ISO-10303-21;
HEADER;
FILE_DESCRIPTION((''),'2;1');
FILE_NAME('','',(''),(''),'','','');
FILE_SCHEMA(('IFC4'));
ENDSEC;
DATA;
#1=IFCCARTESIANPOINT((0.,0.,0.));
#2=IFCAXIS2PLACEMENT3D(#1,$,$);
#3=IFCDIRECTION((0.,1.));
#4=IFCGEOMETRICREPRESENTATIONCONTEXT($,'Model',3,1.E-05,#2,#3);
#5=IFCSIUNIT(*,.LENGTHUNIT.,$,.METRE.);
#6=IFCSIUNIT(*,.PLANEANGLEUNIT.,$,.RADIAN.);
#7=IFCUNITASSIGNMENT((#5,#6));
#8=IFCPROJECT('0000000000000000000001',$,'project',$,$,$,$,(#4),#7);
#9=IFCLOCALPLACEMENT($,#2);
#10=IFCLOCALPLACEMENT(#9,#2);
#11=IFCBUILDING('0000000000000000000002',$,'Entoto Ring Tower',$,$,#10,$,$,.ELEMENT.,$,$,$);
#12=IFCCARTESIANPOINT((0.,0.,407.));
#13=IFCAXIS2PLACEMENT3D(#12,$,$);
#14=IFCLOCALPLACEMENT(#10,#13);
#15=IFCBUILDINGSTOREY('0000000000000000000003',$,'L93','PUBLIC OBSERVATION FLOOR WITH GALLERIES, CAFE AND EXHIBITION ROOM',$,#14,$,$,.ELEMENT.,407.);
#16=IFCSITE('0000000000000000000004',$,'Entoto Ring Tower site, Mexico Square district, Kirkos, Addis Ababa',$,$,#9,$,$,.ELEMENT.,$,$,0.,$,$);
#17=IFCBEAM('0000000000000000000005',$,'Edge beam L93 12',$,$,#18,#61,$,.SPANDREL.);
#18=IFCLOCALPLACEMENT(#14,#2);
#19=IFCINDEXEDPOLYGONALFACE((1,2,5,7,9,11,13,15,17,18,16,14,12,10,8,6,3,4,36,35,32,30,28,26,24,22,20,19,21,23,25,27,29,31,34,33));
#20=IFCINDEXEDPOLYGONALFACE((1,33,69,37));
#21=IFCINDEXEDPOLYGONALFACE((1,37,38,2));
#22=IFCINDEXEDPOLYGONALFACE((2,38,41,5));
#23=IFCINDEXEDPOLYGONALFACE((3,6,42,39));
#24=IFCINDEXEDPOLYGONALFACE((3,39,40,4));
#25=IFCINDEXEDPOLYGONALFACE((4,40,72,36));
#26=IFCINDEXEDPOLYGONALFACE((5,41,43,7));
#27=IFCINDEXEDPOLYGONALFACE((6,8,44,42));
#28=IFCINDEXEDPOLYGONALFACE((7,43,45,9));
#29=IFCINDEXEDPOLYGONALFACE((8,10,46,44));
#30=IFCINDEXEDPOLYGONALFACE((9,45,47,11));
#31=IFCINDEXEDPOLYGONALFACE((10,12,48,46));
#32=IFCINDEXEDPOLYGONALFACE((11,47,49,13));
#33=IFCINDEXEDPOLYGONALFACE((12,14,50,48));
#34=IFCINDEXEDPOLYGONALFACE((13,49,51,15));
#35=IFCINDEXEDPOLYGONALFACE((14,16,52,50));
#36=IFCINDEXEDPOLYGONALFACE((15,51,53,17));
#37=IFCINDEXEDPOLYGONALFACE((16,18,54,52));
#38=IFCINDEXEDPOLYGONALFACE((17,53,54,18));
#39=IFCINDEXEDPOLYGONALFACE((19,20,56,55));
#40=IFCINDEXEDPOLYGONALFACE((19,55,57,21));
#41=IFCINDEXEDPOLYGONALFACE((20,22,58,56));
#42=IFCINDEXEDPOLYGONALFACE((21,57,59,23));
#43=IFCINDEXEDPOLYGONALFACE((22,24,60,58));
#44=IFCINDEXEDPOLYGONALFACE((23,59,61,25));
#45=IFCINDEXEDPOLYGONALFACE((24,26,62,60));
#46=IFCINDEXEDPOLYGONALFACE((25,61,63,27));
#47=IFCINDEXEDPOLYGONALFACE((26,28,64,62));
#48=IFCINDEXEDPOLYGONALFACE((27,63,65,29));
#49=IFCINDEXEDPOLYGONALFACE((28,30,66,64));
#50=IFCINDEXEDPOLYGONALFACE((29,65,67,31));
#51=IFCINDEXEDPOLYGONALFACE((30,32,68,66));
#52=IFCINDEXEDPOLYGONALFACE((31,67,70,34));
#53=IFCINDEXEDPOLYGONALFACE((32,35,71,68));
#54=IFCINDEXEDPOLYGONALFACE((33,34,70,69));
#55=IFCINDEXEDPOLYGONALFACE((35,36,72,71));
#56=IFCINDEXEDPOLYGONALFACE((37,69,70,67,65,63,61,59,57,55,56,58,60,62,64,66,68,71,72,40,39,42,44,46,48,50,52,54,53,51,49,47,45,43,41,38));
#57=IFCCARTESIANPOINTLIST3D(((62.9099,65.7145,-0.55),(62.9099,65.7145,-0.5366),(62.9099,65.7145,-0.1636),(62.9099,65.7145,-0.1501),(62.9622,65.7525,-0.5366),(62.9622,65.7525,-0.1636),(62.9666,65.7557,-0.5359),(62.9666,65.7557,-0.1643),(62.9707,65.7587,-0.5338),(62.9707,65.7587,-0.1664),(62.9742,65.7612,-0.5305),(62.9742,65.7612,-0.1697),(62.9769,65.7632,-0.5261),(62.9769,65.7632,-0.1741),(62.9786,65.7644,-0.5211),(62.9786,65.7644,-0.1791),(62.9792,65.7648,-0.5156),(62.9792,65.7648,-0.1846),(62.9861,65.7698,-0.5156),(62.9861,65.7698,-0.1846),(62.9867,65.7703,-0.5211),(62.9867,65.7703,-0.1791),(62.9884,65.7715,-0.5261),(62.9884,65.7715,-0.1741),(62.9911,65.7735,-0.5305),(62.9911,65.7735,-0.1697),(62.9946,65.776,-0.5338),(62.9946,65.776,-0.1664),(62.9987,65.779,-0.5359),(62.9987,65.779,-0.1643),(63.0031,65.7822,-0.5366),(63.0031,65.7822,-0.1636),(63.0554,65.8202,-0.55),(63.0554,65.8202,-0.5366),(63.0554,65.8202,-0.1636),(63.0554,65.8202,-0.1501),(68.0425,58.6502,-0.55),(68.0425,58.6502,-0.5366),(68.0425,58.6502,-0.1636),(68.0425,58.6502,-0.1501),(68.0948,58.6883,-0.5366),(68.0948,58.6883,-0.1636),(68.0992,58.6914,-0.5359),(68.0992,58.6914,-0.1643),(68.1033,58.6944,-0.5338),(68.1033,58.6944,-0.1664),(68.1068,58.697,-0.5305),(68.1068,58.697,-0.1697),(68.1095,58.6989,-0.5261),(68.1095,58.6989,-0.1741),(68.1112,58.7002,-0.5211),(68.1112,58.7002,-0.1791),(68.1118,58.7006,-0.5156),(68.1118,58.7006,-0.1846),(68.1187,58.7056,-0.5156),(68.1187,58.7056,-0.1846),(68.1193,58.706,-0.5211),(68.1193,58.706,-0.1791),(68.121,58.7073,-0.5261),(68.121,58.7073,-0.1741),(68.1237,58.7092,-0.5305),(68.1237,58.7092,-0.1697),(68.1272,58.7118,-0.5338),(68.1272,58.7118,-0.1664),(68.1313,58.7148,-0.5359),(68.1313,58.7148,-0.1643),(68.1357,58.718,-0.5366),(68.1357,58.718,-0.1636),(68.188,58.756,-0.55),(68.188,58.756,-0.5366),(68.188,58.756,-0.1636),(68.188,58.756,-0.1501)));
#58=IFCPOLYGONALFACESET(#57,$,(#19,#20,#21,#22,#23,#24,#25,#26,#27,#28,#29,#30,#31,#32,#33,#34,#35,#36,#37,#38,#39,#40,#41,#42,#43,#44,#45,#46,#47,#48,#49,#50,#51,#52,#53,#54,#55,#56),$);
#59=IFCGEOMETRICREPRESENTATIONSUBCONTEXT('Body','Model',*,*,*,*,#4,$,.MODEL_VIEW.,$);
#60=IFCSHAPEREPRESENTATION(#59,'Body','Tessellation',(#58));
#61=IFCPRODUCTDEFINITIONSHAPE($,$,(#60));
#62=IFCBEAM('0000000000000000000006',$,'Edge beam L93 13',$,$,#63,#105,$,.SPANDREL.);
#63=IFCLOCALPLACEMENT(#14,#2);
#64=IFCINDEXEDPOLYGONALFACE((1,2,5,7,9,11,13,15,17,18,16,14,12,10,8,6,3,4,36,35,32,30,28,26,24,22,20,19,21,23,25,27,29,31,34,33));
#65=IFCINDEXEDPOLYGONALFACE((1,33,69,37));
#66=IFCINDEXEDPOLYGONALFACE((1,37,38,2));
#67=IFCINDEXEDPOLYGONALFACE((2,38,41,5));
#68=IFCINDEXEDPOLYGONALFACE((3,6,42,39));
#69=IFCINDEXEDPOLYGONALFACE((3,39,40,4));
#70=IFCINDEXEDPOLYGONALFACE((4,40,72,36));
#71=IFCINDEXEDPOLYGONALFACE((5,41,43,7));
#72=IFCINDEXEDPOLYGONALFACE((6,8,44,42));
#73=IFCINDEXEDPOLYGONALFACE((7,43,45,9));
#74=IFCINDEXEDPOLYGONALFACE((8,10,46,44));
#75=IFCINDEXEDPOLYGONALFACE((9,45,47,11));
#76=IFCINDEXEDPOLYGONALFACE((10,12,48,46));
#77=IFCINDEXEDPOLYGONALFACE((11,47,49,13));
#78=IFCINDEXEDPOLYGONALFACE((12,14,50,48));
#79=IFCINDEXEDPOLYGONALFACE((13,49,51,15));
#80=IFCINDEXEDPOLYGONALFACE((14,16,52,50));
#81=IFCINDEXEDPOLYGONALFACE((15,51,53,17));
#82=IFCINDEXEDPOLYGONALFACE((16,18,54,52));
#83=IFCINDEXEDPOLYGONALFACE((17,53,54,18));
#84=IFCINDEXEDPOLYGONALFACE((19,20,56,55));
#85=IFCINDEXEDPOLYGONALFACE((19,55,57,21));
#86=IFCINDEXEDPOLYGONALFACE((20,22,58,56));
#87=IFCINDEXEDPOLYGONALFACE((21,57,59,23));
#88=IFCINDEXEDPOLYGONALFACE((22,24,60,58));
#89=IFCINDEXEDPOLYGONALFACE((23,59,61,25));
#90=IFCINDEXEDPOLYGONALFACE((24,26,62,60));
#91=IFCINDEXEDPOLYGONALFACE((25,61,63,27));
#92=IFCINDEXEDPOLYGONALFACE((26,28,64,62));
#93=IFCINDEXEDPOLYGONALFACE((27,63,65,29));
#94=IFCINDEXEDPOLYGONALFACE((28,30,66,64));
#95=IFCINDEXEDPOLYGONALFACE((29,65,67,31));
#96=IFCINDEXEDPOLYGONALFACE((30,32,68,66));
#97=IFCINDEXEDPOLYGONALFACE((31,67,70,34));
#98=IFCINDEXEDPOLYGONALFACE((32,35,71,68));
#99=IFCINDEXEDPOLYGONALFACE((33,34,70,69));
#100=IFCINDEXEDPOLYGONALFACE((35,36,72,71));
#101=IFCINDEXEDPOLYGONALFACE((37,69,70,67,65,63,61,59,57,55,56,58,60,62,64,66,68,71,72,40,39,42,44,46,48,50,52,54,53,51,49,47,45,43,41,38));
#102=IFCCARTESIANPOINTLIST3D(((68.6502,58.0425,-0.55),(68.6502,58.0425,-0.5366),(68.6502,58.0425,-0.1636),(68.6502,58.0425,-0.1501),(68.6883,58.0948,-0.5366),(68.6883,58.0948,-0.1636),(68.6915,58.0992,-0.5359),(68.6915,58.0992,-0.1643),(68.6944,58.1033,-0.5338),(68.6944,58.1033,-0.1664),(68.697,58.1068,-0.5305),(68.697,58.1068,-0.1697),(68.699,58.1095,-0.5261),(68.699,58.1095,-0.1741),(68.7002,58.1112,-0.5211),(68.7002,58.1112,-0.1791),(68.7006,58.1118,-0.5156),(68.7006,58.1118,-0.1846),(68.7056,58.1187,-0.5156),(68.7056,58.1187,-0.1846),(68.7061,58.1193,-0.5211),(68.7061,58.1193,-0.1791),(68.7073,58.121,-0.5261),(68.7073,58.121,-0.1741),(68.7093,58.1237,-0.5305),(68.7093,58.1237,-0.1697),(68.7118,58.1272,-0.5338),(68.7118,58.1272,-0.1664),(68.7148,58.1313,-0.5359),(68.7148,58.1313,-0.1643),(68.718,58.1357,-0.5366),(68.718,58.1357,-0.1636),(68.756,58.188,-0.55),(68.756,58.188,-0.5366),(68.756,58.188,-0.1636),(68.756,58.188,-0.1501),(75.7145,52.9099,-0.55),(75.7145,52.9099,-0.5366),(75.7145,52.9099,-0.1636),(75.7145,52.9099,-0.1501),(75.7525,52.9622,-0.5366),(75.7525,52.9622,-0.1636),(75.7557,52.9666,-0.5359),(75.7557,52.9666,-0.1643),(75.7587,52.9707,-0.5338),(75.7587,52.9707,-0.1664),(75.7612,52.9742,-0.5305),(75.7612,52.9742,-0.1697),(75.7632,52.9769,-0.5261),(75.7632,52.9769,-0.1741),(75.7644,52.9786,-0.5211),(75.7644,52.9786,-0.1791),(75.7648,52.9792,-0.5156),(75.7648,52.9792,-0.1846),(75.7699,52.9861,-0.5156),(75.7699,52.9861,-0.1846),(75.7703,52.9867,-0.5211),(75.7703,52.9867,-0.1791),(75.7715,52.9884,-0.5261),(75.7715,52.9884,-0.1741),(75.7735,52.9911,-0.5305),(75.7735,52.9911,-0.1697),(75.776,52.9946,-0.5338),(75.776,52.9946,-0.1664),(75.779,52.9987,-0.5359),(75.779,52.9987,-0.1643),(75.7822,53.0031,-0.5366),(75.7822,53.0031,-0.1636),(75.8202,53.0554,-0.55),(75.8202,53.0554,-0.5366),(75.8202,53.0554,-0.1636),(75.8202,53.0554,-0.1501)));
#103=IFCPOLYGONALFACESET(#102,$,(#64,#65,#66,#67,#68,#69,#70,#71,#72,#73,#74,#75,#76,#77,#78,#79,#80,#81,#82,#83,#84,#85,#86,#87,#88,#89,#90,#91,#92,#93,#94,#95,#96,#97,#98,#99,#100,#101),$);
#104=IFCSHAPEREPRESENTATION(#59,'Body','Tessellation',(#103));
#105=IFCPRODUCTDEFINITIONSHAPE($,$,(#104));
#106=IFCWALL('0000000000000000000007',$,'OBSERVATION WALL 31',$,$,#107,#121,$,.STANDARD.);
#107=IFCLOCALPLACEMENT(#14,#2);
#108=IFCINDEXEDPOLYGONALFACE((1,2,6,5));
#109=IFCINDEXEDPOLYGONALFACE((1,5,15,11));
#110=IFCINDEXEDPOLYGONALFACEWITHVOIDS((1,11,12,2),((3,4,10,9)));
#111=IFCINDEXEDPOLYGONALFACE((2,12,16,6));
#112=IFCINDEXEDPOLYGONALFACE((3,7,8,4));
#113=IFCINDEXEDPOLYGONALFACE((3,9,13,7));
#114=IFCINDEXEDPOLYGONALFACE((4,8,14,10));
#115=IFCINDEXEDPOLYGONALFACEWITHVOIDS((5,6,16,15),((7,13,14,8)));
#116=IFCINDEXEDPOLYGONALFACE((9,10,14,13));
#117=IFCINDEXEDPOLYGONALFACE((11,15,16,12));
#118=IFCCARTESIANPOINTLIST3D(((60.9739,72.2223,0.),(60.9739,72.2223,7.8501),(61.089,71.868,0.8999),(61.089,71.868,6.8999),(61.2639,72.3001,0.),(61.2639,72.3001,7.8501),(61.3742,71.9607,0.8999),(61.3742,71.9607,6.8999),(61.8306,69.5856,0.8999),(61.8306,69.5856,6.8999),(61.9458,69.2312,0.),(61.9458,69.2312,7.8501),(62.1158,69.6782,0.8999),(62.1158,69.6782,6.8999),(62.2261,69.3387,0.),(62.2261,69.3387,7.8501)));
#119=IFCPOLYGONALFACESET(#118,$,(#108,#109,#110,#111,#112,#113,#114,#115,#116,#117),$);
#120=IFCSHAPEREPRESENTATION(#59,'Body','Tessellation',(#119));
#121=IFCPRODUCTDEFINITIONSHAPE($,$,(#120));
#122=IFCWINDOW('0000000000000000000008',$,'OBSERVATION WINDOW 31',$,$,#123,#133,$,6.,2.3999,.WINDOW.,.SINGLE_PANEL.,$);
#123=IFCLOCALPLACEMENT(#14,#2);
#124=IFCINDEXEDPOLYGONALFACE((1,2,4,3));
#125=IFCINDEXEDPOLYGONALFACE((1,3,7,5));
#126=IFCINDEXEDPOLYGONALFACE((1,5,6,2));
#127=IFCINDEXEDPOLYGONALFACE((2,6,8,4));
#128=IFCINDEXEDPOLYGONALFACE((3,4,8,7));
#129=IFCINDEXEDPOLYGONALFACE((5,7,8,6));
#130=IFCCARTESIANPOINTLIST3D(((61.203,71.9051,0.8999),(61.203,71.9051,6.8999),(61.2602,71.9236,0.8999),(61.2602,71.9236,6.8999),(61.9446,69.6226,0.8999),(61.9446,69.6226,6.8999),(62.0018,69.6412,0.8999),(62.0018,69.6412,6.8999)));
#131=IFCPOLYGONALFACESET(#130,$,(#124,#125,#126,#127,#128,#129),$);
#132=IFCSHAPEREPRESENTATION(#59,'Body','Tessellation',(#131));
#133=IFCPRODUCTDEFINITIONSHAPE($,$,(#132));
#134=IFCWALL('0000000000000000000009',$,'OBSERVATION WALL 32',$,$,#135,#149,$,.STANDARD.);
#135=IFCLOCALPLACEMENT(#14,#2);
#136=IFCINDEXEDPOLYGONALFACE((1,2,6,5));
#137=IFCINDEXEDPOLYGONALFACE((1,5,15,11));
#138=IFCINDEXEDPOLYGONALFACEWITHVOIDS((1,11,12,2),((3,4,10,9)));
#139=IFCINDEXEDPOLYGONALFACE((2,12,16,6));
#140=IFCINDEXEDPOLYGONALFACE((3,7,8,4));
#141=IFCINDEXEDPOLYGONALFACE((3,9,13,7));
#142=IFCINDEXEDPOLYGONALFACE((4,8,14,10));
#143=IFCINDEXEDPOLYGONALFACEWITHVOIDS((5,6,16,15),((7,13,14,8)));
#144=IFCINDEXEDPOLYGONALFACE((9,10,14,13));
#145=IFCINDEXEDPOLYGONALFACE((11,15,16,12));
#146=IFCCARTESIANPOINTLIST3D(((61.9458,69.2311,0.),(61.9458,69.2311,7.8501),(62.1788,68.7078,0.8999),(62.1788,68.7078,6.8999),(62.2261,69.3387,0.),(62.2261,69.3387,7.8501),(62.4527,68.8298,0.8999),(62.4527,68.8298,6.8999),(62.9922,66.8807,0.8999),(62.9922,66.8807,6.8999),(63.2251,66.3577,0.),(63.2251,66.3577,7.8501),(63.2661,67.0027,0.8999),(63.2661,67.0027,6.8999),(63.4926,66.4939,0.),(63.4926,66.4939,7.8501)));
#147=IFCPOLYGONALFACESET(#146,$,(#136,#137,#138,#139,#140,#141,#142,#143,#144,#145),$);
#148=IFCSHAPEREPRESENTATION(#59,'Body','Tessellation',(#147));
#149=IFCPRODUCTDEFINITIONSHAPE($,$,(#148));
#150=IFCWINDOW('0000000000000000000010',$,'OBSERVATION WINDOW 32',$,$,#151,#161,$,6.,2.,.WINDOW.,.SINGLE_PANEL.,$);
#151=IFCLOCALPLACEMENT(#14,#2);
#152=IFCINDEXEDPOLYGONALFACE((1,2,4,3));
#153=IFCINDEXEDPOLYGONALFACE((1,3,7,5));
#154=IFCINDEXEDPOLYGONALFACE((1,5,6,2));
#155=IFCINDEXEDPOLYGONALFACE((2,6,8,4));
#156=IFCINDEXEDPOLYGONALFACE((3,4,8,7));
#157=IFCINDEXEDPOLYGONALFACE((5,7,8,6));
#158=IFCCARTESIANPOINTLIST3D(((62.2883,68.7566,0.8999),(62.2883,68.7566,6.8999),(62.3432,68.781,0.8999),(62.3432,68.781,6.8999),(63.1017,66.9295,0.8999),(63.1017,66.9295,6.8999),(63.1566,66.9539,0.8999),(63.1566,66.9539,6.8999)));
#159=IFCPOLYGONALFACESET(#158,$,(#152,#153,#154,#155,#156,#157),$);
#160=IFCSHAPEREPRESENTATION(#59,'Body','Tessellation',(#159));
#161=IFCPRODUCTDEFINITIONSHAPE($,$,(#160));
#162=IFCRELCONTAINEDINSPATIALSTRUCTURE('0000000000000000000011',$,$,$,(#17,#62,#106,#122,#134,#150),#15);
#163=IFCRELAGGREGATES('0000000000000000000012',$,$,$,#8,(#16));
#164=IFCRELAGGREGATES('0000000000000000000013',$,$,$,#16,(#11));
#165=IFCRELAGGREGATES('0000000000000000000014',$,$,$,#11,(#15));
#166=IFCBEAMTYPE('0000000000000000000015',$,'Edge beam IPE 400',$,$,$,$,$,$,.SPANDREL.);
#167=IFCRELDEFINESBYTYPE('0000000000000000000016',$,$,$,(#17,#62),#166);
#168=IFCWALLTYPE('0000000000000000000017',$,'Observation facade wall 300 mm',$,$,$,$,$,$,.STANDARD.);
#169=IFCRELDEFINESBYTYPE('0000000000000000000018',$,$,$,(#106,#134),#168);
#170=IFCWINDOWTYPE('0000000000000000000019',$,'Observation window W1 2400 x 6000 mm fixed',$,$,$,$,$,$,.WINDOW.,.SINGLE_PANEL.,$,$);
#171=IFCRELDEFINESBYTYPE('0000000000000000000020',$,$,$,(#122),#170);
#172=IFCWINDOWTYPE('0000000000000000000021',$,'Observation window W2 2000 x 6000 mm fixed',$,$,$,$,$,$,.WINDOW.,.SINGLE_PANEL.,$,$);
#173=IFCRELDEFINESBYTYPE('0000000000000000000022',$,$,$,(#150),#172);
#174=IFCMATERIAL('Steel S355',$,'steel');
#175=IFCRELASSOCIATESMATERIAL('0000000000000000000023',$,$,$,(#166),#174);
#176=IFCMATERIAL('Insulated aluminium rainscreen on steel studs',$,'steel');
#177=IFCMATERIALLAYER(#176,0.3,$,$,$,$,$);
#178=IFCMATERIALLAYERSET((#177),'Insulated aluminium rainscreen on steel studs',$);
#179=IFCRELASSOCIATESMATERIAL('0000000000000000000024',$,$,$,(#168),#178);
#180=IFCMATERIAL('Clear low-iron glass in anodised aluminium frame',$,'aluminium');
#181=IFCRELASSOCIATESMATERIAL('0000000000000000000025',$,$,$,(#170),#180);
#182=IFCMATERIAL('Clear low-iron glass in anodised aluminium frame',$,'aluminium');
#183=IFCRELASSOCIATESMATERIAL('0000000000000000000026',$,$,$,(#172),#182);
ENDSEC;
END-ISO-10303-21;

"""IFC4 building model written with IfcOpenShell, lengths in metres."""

from ifc_helpers import new_model, si_unit, direction, frame, frame_2d, origin, origin_2d, place, context, subcontext, project, spatial, polyline, rectangle, i_section, outline, extrude, material, layer, layer_set, material_profile, profile_set, type_object, element, fill, save


model = new_model("IFC4")

# Units and contexts
model_context = context("Model", 3, precision=1e-05, world=origin(), true_north=direction((0.0, 1.0)))
body_context = subcontext(model_context, "Body", "Model", "MODEL_VIEW")
ifc_project = project(units=[si_unit("LENGTHUNIT", "METRE"), si_unit("PLANEANGLEUNIT", "RADIAN")], contexts=[model_context])

# Site, building, storey
site_placement = place(None, origin())
site = spatial("IfcSite", under=ifc_project, at=site_placement, Name="Entoto Ring Tower site, Mexico Square district, Kirkos, Addis Ababa", CompositionType="ELEMENT", RefElevation=0.0)
building_placement = place(site_placement, origin())
building = spatial("IfcBuilding", under=site, at=building_placement, Name="Entoto Ring Tower", CompositionType="ELEMENT")
storey_placement = place(building_placement, frame((0.0, 0.0, 407.0)))
storey = spatial("IfcBuildingStorey", under=building, at=storey_placement, Name="L93", Description="PUBLIC OBSERVATION FLOOR WITH GALLERIES, CAFE AND EXHIBITION ROOM", CompositionType="ELEMENT", Elevation=407.0)

# Beams
ifc_material_1 = material(Name="Steel S355", Category="steel")
ifc_material_profile_1 = material_profile(ifc_material_1, i_section(OverallWidth=0.1799, OverallDepth=0.3999, WebThickness=0.0085, FlangeThickness=0.0134, FilletRadius=0.021, at=origin_2d()), Name="IPE 400")
ifc_profile_set_1 = profile_set([ifc_material_profile_1], Name="Steel S355")
beam_type = type_object("IfcBeamType", Name="Edge beam IPE 400", PredefinedType="SPANDREL", material=ifc_profile_set_1)
for number, where, z_axis, x_axis, name in (
    (1, (62.9827, 65.7673, -0.3501), (0.587794, -0.80901, 0.0), (0.80901, 0.587794, 0.0), "Edge beam L93 12"),
    (2, (68.7031, 58.1152, -0.3501), (0.80901, -0.587794, 0.0), (0.587794, 0.80901, 0.0), "Edge beam L93 13"),
):
    element("IfcBeam", number, at=place(storey_placement, frame(where, z_axis=z_axis, x_axis=x_axis)), inside=storey, type_object=beam_type, Name=name, PredefinedType="SPANDREL", context=body_context, shape_type="SweptSolid", body=[
        extrude(i_section(OverallWidth=0.1799, OverallDepth=0.3999, WebThickness=0.0085, FlangeThickness=0.0134, FilletRadius=0.021, at=origin_2d()), origin(), (0.0, 0.0, 1.0), 8.7319),
    ])

# Walls, openings, windows
ifc_material_2 = material(Name="Insulated aluminium rainscreen on steel studs", Category="steel")
ifc_layer_1 = layer(ifc_material_2, 0.3)
ifc_layer_set_1 = layer_set([ifc_layer_1], Name="Insulated aluminium rainscreen on steel studs")
wall_type_1 = type_object("IfcWallType", Name="Observation facade wall 300 mm", PredefinedType="STANDARD", material=ifc_layer_set_1)
wall_1_placement = place(storey_placement, frame((61.1189, 72.2612, 0.0), z_axis=(0.0, 0.0, 1.0), x_axis=(0.30901, -0.951059, 0.0)))
wall_1 = element("IfcWall", 3, at=wall_1_placement, inside=storey, type_object=wall_type_1, Name="OBSERVATION WALL 31", PredefinedType="STANDARD", context=body_context, shape_type="SweptSolid", body=[
    extrude(outline(polyline([(-0.0078, -0.1499), (3.1372, -0.1499), (3.1216, 0.1499), (0.0078, 0.1499), (-0.0078, -0.1499)])), origin(), (0.0, 0.0, 1.0), 7.8501),
])
opening_1_placement = place(wall_1_placement, frame((0.3647, 0.0, 0.8999)))
opening_1 = element("IfcOpeningElement", 4, at=opening_1_placement, cuts=wall_1, PredefinedType="OPENING", context=body_context, shape_type="SweptSolid", body=[
    extrude(rectangle(XDim=2.3999, YDim=6.0, at=frame_2d((1.2, 3.0))), frame((0.0, 0.1602, 0.0), z_axis=(0.0, -1.0, 0.0), x_axis=(1.0, 0.0, 0.0)), (0.0, 0.0, 1.0), 0.3201),
])
ifc_material_3 = material(Name="Clear low-iron glass in anodised aluminium frame", Category="aluminium")
window_type_1 = type_object("IfcWindowType", Name="Observation window W1 2400 x 6000 mm fixed", PartitioningType="SINGLE_PANEL", PredefinedType="WINDOW", material=ifc_material_3)
window_1_placement = place(opening_1_placement, origin())
window_1 = element("IfcWindow", 5, at=window_1_placement, inside=storey, type_object=window_type_1, Name="OBSERVATION WINDOW 31", OverallHeight=6.0, OverallWidth=2.3999, PartitioningType="SINGLE_PANEL", PredefinedType="WINDOW", context=body_context, shape_type="SweptSolid", body=[
    extrude(rectangle(XDim=2.3999, YDim=6.0, at=frame_2d((1.2, 3.0))), frame((0.0, 0.03, 0.0), z_axis=(0.0, -1.0, 0.0), x_axis=(1.0, 0.0, 0.0)), (0.0, 0.0, 1.0), 0.0601),
])
fill(opening_1, window_1)
wall_2_placement = place(storey_placement, frame((62.0859, 69.2849, 0.0), z_axis=(0.0, 0.0, 1.0), x_axis=(0.406732, -0.913548, 0.0)))
wall_2 = element("IfcWall", 6, at=wall_2_placement, inside=storey, type_object=wall_type_1, Name="OBSERVATION WALL 32", PredefinedType="STANDARD", context=body_context, shape_type="SweptSolid", body=[
    extrude(outline(polyline([(-0.0078, -0.1499), (3.1375, -0.1499), (3.1218, 0.1499), (0.0078, 0.1499), (-0.0078, -0.1499)])), origin(), (0.0, 0.0, 1.0), 7.8501),
])
opening_2_placement = place(wall_2_placement, frame((0.5649, 0.0, 0.8999)))
opening_2 = element("IfcOpeningElement", 7, at=opening_2_placement, cuts=wall_2, PredefinedType="OPENING", context=body_context, shape_type="SweptSolid", body=[
    extrude(rectangle(XDim=2.0, YDim=6.0, at=frame_2d((1.0, 3.0))), frame((0.0, 0.1602, 0.0), z_axis=(0.0, -1.0, 0.0), x_axis=(1.0, 0.0, 0.0)), (0.0, 0.0, 1.0), 0.3201),
])
ifc_material_4 = material(Name="Clear low-iron glass in anodised aluminium frame", Category="aluminium")
window_type_2 = type_object("IfcWindowType", Name="Observation window W2 2000 x 6000 mm fixed", PartitioningType="SINGLE_PANEL", PredefinedType="WINDOW", material=ifc_material_4)
window_2_placement = place(opening_2_placement, origin())
window_2 = element("IfcWindow", 8, at=window_2_placement, inside=storey, type_object=window_type_2, Name="OBSERVATION WINDOW 32", OverallHeight=6.0, OverallWidth=2.0, PartitioningType="SINGLE_PANEL", PredefinedType="WINDOW", context=body_context, shape_type="SweptSolid", body=[
    extrude(rectangle(XDim=2.0, YDim=6.0, at=frame_2d((1.0, 3.0))), frame((0.0, 0.03, 0.0), z_axis=(0.0, -1.0, 0.0), x_axis=(1.0, 0.0, 0.0)), (0.0, 0.0, 1.0), 0.0601),
])
fill(opening_2, window_2)

save(model, "model.ifc")
